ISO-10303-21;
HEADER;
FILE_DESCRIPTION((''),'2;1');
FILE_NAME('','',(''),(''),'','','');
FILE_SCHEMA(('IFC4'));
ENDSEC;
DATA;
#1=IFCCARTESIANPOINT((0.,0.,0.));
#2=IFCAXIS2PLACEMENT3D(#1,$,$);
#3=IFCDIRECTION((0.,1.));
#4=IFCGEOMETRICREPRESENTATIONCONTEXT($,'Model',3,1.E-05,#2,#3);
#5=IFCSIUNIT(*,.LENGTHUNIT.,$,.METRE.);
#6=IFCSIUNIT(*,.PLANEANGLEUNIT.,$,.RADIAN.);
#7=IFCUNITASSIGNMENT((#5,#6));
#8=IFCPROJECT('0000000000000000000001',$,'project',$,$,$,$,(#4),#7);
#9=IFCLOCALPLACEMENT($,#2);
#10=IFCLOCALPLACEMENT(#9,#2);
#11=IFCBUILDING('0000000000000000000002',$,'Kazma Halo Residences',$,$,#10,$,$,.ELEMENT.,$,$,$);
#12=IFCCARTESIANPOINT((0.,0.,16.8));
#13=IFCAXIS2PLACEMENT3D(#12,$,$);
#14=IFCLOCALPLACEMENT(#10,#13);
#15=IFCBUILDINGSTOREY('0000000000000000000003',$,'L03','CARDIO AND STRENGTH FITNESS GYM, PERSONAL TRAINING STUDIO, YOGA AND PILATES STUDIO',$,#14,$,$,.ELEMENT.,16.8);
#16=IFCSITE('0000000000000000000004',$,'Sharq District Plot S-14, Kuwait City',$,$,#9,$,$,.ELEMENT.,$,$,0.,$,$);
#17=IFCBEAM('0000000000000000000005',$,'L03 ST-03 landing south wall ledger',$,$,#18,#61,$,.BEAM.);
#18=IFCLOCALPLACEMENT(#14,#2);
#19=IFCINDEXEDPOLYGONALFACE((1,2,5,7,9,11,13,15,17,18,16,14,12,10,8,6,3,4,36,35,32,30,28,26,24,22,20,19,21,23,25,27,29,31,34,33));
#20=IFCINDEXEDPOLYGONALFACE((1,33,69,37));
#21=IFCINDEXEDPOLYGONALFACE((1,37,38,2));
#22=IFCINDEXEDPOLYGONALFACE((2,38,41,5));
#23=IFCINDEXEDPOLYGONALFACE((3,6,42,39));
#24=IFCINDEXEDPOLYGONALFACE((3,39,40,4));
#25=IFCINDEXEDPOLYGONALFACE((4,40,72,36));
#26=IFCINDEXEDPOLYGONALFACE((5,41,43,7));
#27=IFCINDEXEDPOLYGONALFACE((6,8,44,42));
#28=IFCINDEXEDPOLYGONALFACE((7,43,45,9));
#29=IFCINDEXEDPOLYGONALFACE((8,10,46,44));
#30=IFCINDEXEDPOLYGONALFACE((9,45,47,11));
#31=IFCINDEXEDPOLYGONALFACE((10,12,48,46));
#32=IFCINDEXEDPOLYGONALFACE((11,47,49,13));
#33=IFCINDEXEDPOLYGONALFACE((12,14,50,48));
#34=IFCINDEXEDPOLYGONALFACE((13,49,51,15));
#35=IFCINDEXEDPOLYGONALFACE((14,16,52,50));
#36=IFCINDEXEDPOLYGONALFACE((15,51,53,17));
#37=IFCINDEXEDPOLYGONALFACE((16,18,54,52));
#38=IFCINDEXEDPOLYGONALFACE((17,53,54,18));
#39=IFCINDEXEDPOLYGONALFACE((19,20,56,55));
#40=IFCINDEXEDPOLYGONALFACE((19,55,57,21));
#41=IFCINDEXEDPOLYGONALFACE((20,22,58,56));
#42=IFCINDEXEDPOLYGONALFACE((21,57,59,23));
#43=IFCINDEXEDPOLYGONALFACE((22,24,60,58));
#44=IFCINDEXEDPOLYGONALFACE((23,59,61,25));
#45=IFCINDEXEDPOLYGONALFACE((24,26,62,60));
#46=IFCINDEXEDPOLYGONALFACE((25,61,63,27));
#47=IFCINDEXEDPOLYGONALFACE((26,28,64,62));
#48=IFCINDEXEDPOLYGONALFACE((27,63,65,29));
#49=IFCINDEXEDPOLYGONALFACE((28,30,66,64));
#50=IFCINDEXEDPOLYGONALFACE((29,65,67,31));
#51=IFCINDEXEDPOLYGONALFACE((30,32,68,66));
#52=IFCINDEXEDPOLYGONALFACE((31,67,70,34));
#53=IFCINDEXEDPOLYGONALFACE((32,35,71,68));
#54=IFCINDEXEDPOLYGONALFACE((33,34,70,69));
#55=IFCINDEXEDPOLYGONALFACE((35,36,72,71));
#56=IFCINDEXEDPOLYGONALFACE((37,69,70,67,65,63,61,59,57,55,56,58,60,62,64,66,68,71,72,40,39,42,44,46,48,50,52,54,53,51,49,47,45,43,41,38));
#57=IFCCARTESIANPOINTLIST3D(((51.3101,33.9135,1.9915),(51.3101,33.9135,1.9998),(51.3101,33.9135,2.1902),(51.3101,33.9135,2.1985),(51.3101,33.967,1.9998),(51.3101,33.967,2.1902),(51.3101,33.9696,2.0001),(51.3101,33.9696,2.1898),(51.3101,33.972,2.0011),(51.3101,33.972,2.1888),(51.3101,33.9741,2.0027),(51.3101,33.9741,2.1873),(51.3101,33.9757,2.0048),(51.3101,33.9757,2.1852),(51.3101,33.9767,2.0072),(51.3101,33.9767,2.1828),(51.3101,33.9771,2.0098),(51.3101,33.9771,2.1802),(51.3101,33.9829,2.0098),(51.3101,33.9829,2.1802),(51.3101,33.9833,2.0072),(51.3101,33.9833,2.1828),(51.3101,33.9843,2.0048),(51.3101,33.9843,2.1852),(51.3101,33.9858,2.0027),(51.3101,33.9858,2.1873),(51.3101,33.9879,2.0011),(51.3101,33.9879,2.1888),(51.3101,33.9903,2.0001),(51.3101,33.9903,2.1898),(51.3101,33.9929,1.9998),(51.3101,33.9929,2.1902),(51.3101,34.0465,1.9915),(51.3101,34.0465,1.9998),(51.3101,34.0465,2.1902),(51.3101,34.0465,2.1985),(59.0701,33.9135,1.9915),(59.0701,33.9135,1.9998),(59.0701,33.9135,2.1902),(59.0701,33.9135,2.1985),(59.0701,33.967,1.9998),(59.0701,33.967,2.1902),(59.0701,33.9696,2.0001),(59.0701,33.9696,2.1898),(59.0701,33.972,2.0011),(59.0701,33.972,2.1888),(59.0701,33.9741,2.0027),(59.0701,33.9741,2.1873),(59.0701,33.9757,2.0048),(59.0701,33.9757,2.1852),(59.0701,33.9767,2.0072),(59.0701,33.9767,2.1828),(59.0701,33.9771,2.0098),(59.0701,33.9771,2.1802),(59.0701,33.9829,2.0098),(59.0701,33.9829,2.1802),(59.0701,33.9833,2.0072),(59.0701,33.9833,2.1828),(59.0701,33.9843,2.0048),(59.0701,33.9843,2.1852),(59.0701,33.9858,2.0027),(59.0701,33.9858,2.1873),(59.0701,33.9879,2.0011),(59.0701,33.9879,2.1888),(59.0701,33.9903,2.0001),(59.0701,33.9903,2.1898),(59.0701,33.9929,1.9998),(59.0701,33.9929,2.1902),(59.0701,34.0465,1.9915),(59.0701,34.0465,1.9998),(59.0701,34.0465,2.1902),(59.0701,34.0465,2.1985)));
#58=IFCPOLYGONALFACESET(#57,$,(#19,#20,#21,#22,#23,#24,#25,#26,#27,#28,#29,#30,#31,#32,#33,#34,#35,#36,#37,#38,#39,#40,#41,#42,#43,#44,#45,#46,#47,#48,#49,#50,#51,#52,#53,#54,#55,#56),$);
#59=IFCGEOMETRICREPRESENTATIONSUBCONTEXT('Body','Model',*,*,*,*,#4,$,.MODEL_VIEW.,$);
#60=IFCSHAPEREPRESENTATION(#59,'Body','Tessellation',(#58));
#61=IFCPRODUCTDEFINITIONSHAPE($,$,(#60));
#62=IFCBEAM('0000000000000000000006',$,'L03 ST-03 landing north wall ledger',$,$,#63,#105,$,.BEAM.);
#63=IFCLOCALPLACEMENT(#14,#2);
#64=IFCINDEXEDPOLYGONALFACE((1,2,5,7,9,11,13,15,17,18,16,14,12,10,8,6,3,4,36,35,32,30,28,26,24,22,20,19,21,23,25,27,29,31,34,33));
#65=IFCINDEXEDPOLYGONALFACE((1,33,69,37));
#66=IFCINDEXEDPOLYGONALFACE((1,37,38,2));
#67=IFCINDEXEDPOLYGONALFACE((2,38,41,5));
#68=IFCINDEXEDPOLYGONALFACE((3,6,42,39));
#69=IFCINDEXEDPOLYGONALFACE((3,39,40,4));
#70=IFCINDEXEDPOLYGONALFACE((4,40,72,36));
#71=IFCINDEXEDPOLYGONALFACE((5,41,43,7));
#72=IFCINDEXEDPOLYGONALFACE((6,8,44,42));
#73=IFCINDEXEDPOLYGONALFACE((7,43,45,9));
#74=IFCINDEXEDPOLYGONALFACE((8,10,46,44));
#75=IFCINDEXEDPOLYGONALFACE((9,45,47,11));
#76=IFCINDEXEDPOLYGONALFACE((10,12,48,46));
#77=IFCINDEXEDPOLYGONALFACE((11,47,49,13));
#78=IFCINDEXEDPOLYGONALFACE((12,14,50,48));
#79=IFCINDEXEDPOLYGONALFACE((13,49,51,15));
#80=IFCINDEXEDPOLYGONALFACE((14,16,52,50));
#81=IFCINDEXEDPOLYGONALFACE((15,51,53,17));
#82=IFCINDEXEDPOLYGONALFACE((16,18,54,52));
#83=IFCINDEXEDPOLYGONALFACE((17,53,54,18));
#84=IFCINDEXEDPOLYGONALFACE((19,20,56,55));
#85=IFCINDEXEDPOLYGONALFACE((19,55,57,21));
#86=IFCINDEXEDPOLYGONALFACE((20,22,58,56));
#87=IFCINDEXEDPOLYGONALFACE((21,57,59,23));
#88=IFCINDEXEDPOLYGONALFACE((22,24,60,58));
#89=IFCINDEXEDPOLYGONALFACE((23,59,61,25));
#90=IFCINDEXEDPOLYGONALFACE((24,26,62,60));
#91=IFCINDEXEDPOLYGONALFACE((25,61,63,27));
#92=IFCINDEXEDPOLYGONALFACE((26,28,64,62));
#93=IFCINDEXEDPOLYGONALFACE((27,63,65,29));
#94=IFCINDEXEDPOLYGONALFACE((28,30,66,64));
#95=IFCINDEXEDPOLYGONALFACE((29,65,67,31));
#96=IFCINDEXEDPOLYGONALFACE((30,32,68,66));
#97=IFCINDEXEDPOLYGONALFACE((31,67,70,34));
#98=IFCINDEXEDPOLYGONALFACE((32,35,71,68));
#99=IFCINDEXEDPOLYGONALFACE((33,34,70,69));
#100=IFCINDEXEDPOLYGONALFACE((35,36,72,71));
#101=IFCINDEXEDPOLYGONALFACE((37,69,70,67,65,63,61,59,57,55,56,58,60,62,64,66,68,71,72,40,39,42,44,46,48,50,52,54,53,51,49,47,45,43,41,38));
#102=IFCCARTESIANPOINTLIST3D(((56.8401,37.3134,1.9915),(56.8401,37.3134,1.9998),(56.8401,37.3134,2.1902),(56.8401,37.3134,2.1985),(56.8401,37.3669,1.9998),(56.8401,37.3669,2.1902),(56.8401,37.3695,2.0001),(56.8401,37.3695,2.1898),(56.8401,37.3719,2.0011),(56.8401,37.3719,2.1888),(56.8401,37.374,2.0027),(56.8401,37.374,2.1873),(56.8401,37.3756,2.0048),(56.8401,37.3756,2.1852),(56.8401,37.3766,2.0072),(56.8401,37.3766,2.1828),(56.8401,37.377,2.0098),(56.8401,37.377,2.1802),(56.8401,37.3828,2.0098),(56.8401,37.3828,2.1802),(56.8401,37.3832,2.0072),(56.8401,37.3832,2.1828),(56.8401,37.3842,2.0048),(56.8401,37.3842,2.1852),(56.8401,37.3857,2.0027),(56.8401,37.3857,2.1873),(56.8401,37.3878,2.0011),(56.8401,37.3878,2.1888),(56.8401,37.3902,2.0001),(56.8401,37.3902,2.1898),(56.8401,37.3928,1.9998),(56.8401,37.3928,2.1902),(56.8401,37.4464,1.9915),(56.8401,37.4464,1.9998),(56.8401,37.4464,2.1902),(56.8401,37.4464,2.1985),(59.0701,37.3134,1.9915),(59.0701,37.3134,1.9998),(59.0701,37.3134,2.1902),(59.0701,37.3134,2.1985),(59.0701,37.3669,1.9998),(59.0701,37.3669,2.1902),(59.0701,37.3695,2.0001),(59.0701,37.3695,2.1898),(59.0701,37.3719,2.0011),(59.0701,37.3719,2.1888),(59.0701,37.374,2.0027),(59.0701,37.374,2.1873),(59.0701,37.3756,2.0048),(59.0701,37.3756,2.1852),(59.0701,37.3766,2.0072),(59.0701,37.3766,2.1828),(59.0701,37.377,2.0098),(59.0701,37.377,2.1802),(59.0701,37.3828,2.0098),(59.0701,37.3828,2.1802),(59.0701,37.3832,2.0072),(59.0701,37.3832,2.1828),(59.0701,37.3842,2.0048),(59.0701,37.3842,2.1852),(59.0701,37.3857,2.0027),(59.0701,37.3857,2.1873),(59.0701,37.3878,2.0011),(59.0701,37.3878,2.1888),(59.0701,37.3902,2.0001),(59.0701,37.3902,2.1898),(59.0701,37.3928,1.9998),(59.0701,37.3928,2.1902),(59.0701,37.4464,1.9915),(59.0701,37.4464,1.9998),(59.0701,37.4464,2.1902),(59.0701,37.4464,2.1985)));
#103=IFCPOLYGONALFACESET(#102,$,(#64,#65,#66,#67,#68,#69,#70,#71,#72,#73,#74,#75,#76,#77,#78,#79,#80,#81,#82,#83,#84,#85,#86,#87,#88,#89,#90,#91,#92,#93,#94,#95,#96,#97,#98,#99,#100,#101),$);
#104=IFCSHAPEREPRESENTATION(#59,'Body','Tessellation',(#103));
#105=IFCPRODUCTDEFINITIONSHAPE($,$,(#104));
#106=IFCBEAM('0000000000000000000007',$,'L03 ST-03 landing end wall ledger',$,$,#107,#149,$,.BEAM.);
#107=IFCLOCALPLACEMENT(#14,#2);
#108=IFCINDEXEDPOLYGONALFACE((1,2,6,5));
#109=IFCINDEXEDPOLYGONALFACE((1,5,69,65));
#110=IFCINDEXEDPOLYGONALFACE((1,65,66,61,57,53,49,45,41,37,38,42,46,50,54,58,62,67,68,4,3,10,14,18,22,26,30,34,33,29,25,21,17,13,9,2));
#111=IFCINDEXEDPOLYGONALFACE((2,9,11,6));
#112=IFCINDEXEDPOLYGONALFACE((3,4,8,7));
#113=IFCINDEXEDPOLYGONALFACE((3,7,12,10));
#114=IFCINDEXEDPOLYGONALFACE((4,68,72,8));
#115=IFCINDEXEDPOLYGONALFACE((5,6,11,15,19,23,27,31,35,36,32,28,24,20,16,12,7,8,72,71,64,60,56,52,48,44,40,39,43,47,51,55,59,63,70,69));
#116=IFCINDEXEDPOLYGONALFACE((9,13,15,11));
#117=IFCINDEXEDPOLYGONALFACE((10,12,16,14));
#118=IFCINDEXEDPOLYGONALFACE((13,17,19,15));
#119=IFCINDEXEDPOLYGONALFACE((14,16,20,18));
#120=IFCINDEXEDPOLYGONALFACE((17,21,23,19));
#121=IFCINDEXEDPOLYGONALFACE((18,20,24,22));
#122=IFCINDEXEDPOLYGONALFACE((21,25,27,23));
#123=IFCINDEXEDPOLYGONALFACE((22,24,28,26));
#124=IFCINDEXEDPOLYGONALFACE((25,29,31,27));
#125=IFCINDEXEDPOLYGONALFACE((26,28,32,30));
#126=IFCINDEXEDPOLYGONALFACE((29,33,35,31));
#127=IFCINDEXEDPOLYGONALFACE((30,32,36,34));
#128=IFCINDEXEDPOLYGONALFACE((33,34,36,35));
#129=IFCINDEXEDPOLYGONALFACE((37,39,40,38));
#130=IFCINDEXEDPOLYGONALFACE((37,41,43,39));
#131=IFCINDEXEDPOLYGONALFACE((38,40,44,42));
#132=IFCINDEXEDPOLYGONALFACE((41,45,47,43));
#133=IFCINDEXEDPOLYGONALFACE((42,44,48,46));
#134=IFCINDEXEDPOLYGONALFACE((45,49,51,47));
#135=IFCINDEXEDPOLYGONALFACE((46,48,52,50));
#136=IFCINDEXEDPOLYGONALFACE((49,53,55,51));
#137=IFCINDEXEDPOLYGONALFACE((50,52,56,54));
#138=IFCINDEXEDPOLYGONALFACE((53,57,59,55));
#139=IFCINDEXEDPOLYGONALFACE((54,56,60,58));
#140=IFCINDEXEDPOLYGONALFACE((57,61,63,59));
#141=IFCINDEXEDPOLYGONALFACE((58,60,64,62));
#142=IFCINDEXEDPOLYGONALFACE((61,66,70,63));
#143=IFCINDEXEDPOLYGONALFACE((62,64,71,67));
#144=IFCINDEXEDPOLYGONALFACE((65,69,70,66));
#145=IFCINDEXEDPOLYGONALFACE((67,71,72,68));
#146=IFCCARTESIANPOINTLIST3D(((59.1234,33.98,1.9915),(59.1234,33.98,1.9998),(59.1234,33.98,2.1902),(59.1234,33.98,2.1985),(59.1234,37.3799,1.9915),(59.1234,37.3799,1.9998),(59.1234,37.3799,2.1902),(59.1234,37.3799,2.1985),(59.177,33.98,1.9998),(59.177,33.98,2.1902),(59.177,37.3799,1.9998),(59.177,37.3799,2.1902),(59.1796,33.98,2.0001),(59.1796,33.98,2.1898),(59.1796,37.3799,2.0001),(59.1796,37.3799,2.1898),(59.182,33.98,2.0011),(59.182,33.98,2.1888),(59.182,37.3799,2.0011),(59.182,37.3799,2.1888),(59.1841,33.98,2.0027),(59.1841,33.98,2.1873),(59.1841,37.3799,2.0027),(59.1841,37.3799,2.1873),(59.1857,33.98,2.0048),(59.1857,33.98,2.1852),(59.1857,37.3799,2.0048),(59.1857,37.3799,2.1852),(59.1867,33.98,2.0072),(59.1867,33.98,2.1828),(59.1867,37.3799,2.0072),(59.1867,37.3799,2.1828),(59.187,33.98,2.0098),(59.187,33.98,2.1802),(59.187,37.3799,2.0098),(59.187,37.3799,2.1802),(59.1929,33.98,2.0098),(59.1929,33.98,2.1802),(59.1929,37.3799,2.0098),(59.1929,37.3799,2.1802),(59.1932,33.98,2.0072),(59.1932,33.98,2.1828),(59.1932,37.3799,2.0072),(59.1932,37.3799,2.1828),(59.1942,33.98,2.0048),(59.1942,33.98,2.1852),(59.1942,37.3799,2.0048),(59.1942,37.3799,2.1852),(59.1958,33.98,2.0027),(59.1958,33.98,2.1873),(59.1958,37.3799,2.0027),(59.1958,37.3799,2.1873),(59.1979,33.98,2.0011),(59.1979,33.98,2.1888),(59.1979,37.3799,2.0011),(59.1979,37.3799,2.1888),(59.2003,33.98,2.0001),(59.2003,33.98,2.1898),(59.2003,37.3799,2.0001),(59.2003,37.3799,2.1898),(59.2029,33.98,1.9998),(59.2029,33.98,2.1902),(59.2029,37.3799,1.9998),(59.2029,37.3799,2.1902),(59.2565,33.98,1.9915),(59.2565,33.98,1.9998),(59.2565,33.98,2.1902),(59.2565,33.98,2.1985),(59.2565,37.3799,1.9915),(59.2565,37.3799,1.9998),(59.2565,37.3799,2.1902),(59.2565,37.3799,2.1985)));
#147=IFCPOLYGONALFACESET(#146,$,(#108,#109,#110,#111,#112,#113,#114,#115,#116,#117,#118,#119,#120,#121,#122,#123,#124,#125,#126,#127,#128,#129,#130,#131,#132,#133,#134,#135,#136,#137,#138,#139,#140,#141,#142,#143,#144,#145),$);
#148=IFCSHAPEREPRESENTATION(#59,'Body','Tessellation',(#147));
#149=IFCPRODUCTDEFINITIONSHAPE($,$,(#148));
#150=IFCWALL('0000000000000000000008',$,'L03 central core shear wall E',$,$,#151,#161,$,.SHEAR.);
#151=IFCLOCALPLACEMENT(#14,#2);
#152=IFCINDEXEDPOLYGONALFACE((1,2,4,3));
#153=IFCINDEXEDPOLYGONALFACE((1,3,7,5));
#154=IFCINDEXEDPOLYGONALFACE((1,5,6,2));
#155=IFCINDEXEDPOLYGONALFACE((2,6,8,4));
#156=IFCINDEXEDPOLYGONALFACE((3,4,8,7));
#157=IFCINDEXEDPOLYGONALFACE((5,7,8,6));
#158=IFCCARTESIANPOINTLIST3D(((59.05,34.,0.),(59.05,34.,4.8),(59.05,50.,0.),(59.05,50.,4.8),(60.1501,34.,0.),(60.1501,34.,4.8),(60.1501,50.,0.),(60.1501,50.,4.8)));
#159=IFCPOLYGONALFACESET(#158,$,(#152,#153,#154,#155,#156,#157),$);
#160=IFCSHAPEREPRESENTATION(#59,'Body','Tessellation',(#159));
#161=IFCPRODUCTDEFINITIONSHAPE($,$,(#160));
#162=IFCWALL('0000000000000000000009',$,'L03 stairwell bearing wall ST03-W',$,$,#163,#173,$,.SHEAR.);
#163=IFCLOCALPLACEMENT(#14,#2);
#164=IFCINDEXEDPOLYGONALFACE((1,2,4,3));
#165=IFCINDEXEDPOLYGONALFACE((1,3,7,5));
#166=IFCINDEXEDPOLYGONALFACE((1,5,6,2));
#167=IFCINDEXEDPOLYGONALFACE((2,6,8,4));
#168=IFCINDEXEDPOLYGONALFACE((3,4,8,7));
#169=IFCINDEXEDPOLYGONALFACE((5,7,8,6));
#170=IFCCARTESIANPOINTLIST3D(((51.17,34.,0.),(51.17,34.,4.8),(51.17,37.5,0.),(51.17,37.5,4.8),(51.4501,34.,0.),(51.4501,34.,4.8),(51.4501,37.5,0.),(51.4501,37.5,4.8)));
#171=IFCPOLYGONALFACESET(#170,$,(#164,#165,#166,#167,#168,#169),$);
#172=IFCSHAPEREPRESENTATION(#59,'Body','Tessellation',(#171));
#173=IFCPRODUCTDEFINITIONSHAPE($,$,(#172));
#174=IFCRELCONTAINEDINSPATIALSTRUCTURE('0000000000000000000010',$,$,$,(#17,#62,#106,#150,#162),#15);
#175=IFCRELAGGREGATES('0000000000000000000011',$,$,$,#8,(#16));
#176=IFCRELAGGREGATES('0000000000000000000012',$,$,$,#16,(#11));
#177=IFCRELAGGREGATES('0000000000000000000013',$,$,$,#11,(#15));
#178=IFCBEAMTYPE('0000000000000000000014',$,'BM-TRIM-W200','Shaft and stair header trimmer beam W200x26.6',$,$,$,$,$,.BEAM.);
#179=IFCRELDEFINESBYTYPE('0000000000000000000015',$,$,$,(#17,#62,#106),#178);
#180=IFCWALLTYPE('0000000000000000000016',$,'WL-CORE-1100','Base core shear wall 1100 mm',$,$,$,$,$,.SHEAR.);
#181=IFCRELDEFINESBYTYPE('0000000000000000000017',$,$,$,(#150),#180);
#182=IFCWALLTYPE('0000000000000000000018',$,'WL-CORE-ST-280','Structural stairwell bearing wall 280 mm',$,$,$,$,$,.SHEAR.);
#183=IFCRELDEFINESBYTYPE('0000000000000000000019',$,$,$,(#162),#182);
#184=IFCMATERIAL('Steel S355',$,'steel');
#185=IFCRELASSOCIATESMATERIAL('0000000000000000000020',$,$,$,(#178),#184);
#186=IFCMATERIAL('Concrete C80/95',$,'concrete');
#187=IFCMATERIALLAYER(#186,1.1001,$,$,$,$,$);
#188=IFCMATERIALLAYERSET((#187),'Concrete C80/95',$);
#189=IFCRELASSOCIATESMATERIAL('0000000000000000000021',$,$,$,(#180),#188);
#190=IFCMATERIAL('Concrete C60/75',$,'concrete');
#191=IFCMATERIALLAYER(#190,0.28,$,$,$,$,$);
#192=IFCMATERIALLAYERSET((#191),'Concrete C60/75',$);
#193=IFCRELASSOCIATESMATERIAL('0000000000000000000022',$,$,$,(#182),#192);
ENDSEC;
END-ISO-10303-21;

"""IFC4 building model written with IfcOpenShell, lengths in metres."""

from ifc_helpers import new_model, si_unit, direction, frame, frame_2d, origin, origin_2d, place, context, subcontext, project, spatial, rectangle, i_section, extrude, material, layer, layer_set, material_profile, profile_set, type_object, element, save


model = new_model("IFC4")

# Units and contexts
model_context = context("Model", 3, precision=1e-05, world=origin(), true_north=direction((0.0, 1.0)))
body_context = subcontext(model_context, "Body", "Model", "MODEL_VIEW")
ifc_project = project(units=[si_unit("LENGTHUNIT", "METRE"), si_unit("PLANEANGLEUNIT", "RADIAN")], contexts=[model_context])

# Site, building, storey
site_placement = place(None, origin())
site = spatial("IfcSite", under=ifc_project, at=site_placement, Name="Sharq District Plot S-14, Kuwait City", CompositionType="ELEMENT", RefElevation=0.0)
building_placement = place(site_placement, origin())
building = spatial("IfcBuilding", under=site, at=building_placement, Name="Kazma Halo Residences", CompositionType="ELEMENT")
storey_placement = place(building_placement, frame((0.0, 0.0, 16.8)))
storey = spatial("IfcBuildingStorey", under=building, at=storey_placement, Name="L03", Description="CARDIO AND STRENGTH FITNESS GYM, PERSONAL TRAINING STUDIO, YOGA AND PILATES STUDIO", CompositionType="ELEMENT", Elevation=16.8)

# Shared definitions
ifc_material_1 = material(Name="Steel S355", Category="steel")

# Beams
ifc_material_profile_1 = material_profile(ifc_material_1, i_section(OverallWidth=0.1331, OverallDepth=0.207, WebThickness=0.0059, FlangeThickness=0.0083, FilletRadius=0.01, at=origin_2d()), Name="W200x26.6")
ifc_profile_set_1 = profile_set([ifc_material_profile_1], Name="Steel S355")
beam_type_1 = type_object("IfcBeamType", Name="BM-TRIM-W200", Description="Shaft and stair header trimmer beam W200x26.6", PredefinedType="BEAM", material=ifc_profile_set_1)
beam_1_placement = place(storey_placement, frame((51.3101, 33.98, 2.095), z_axis=(1.0, 0.0, 0.0), x_axis=(0.0, 1.0, 0.0)))
element("IfcBeam", 1, at=beam_1_placement, inside=storey, type_object=beam_type_1, Name="L03 ST-03 landing south wall ledger", PredefinedType="BEAM", context=body_context, shape_type="SweptSolid", body=[
    extrude(i_section(OverallWidth=0.1331, OverallDepth=0.207, WebThickness=0.0059, FlangeThickness=0.0083, FilletRadius=0.01, at=origin_2d()), origin(), (0.0, 0.0, 1.0), 7.76),
])
beam_2_placement = place(storey_placement, frame((56.8401, 37.3799, 2.095), z_axis=(1.0, 0.0, 0.0), x_axis=(0.0, 1.0, 0.0)))
element("IfcBeam", 2, at=beam_2_placement, inside=storey, type_object=beam_type_1, Name="L03 ST-03 landing north wall ledger", PredefinedType="BEAM", context=body_context, shape_type="SweptSolid", body=[
    extrude(i_section(OverallWidth=0.1331, OverallDepth=0.207, WebThickness=0.0059, FlangeThickness=0.0083, FilletRadius=0.01, at=origin_2d()), origin(), (0.0, 0.0, 1.0), 2.23),
])
beam_3_placement = place(storey_placement, frame((59.1899, 33.98, 2.095), z_axis=(0.0, 1.0, 0.0), x_axis=(-1.0, 0.0, 0.0)))
element("IfcBeam", 3, at=beam_3_placement, inside=storey, type_object=beam_type_1, Name="L03 ST-03 landing end wall ledger", PredefinedType="BEAM", context=body_context, shape_type="SweptSolid", body=[
    extrude(i_section(OverallWidth=0.1331, OverallDepth=0.207, WebThickness=0.0059, FlangeThickness=0.0083, FilletRadius=0.01, at=origin_2d()), origin(), (0.0, 0.0, 1.0), 3.3999),
])

# Walls
ifc_material_2 = material(Name="Concrete C80/95", Category="concrete")
ifc_layer_1 = layer(ifc_material_2, 1.1001)
ifc_layer_set_1 = layer_set([ifc_layer_1], Name="Concrete C80/95")
wall_type_1 = type_object("IfcWallType", Name="WL-CORE-1100", Description="Base core shear wall 1100 mm", PredefinedType="SHEAR", material=ifc_layer_set_1)
wall_1_placement = place(storey_placement, frame((59.6001, 34.0, 0.0), z_axis=(0.0, 0.0, 1.0), x_axis=(0.0, 1.0, 0.0)))
element("IfcWall", 4, at=wall_1_placement, inside=storey, type_object=wall_type_1, Name="L03 central core shear wall E", PredefinedType="SHEAR", context=body_context, shape_type="SweptSolid", body=[
    extrude(rectangle(XDim=16.0, YDim=1.1001, at=frame_2d((8.0, 0.0))), origin(), (0.0, 0.0, 1.0), 4.8),
])
ifc_material_3 = material(Name="Concrete C60/75", Category="concrete")
ifc_layer_2 = layer(ifc_material_3, 0.28)
ifc_layer_set_2 = layer_set([ifc_layer_2], Name="Concrete C60/75")
wall_type_2 = type_object("IfcWallType", Name="WL-CORE-ST-280", Description="Structural stairwell bearing wall 280 mm", PredefinedType="SHEAR", material=ifc_layer_set_2)
wall_2_placement = place(storey_placement, frame((51.3101, 34.0, 0.0), z_axis=(0.0, 0.0, 1.0), x_axis=(0.0, 1.0, 0.0)))
element("IfcWall", 5, at=wall_2_placement, inside=storey, type_object=wall_type_2, Name="L03 stairwell bearing wall ST03-W", PredefinedType="SHEAR", context=body_context, shape_type="SweptSolid", body=[
    extrude(rectangle(XDim=3.5, YDim=0.28, at=frame_2d((1.75, 0.0))), origin(), (0.0, 0.0, 1.0), 4.8),
])

save(model, "model.ifc")
